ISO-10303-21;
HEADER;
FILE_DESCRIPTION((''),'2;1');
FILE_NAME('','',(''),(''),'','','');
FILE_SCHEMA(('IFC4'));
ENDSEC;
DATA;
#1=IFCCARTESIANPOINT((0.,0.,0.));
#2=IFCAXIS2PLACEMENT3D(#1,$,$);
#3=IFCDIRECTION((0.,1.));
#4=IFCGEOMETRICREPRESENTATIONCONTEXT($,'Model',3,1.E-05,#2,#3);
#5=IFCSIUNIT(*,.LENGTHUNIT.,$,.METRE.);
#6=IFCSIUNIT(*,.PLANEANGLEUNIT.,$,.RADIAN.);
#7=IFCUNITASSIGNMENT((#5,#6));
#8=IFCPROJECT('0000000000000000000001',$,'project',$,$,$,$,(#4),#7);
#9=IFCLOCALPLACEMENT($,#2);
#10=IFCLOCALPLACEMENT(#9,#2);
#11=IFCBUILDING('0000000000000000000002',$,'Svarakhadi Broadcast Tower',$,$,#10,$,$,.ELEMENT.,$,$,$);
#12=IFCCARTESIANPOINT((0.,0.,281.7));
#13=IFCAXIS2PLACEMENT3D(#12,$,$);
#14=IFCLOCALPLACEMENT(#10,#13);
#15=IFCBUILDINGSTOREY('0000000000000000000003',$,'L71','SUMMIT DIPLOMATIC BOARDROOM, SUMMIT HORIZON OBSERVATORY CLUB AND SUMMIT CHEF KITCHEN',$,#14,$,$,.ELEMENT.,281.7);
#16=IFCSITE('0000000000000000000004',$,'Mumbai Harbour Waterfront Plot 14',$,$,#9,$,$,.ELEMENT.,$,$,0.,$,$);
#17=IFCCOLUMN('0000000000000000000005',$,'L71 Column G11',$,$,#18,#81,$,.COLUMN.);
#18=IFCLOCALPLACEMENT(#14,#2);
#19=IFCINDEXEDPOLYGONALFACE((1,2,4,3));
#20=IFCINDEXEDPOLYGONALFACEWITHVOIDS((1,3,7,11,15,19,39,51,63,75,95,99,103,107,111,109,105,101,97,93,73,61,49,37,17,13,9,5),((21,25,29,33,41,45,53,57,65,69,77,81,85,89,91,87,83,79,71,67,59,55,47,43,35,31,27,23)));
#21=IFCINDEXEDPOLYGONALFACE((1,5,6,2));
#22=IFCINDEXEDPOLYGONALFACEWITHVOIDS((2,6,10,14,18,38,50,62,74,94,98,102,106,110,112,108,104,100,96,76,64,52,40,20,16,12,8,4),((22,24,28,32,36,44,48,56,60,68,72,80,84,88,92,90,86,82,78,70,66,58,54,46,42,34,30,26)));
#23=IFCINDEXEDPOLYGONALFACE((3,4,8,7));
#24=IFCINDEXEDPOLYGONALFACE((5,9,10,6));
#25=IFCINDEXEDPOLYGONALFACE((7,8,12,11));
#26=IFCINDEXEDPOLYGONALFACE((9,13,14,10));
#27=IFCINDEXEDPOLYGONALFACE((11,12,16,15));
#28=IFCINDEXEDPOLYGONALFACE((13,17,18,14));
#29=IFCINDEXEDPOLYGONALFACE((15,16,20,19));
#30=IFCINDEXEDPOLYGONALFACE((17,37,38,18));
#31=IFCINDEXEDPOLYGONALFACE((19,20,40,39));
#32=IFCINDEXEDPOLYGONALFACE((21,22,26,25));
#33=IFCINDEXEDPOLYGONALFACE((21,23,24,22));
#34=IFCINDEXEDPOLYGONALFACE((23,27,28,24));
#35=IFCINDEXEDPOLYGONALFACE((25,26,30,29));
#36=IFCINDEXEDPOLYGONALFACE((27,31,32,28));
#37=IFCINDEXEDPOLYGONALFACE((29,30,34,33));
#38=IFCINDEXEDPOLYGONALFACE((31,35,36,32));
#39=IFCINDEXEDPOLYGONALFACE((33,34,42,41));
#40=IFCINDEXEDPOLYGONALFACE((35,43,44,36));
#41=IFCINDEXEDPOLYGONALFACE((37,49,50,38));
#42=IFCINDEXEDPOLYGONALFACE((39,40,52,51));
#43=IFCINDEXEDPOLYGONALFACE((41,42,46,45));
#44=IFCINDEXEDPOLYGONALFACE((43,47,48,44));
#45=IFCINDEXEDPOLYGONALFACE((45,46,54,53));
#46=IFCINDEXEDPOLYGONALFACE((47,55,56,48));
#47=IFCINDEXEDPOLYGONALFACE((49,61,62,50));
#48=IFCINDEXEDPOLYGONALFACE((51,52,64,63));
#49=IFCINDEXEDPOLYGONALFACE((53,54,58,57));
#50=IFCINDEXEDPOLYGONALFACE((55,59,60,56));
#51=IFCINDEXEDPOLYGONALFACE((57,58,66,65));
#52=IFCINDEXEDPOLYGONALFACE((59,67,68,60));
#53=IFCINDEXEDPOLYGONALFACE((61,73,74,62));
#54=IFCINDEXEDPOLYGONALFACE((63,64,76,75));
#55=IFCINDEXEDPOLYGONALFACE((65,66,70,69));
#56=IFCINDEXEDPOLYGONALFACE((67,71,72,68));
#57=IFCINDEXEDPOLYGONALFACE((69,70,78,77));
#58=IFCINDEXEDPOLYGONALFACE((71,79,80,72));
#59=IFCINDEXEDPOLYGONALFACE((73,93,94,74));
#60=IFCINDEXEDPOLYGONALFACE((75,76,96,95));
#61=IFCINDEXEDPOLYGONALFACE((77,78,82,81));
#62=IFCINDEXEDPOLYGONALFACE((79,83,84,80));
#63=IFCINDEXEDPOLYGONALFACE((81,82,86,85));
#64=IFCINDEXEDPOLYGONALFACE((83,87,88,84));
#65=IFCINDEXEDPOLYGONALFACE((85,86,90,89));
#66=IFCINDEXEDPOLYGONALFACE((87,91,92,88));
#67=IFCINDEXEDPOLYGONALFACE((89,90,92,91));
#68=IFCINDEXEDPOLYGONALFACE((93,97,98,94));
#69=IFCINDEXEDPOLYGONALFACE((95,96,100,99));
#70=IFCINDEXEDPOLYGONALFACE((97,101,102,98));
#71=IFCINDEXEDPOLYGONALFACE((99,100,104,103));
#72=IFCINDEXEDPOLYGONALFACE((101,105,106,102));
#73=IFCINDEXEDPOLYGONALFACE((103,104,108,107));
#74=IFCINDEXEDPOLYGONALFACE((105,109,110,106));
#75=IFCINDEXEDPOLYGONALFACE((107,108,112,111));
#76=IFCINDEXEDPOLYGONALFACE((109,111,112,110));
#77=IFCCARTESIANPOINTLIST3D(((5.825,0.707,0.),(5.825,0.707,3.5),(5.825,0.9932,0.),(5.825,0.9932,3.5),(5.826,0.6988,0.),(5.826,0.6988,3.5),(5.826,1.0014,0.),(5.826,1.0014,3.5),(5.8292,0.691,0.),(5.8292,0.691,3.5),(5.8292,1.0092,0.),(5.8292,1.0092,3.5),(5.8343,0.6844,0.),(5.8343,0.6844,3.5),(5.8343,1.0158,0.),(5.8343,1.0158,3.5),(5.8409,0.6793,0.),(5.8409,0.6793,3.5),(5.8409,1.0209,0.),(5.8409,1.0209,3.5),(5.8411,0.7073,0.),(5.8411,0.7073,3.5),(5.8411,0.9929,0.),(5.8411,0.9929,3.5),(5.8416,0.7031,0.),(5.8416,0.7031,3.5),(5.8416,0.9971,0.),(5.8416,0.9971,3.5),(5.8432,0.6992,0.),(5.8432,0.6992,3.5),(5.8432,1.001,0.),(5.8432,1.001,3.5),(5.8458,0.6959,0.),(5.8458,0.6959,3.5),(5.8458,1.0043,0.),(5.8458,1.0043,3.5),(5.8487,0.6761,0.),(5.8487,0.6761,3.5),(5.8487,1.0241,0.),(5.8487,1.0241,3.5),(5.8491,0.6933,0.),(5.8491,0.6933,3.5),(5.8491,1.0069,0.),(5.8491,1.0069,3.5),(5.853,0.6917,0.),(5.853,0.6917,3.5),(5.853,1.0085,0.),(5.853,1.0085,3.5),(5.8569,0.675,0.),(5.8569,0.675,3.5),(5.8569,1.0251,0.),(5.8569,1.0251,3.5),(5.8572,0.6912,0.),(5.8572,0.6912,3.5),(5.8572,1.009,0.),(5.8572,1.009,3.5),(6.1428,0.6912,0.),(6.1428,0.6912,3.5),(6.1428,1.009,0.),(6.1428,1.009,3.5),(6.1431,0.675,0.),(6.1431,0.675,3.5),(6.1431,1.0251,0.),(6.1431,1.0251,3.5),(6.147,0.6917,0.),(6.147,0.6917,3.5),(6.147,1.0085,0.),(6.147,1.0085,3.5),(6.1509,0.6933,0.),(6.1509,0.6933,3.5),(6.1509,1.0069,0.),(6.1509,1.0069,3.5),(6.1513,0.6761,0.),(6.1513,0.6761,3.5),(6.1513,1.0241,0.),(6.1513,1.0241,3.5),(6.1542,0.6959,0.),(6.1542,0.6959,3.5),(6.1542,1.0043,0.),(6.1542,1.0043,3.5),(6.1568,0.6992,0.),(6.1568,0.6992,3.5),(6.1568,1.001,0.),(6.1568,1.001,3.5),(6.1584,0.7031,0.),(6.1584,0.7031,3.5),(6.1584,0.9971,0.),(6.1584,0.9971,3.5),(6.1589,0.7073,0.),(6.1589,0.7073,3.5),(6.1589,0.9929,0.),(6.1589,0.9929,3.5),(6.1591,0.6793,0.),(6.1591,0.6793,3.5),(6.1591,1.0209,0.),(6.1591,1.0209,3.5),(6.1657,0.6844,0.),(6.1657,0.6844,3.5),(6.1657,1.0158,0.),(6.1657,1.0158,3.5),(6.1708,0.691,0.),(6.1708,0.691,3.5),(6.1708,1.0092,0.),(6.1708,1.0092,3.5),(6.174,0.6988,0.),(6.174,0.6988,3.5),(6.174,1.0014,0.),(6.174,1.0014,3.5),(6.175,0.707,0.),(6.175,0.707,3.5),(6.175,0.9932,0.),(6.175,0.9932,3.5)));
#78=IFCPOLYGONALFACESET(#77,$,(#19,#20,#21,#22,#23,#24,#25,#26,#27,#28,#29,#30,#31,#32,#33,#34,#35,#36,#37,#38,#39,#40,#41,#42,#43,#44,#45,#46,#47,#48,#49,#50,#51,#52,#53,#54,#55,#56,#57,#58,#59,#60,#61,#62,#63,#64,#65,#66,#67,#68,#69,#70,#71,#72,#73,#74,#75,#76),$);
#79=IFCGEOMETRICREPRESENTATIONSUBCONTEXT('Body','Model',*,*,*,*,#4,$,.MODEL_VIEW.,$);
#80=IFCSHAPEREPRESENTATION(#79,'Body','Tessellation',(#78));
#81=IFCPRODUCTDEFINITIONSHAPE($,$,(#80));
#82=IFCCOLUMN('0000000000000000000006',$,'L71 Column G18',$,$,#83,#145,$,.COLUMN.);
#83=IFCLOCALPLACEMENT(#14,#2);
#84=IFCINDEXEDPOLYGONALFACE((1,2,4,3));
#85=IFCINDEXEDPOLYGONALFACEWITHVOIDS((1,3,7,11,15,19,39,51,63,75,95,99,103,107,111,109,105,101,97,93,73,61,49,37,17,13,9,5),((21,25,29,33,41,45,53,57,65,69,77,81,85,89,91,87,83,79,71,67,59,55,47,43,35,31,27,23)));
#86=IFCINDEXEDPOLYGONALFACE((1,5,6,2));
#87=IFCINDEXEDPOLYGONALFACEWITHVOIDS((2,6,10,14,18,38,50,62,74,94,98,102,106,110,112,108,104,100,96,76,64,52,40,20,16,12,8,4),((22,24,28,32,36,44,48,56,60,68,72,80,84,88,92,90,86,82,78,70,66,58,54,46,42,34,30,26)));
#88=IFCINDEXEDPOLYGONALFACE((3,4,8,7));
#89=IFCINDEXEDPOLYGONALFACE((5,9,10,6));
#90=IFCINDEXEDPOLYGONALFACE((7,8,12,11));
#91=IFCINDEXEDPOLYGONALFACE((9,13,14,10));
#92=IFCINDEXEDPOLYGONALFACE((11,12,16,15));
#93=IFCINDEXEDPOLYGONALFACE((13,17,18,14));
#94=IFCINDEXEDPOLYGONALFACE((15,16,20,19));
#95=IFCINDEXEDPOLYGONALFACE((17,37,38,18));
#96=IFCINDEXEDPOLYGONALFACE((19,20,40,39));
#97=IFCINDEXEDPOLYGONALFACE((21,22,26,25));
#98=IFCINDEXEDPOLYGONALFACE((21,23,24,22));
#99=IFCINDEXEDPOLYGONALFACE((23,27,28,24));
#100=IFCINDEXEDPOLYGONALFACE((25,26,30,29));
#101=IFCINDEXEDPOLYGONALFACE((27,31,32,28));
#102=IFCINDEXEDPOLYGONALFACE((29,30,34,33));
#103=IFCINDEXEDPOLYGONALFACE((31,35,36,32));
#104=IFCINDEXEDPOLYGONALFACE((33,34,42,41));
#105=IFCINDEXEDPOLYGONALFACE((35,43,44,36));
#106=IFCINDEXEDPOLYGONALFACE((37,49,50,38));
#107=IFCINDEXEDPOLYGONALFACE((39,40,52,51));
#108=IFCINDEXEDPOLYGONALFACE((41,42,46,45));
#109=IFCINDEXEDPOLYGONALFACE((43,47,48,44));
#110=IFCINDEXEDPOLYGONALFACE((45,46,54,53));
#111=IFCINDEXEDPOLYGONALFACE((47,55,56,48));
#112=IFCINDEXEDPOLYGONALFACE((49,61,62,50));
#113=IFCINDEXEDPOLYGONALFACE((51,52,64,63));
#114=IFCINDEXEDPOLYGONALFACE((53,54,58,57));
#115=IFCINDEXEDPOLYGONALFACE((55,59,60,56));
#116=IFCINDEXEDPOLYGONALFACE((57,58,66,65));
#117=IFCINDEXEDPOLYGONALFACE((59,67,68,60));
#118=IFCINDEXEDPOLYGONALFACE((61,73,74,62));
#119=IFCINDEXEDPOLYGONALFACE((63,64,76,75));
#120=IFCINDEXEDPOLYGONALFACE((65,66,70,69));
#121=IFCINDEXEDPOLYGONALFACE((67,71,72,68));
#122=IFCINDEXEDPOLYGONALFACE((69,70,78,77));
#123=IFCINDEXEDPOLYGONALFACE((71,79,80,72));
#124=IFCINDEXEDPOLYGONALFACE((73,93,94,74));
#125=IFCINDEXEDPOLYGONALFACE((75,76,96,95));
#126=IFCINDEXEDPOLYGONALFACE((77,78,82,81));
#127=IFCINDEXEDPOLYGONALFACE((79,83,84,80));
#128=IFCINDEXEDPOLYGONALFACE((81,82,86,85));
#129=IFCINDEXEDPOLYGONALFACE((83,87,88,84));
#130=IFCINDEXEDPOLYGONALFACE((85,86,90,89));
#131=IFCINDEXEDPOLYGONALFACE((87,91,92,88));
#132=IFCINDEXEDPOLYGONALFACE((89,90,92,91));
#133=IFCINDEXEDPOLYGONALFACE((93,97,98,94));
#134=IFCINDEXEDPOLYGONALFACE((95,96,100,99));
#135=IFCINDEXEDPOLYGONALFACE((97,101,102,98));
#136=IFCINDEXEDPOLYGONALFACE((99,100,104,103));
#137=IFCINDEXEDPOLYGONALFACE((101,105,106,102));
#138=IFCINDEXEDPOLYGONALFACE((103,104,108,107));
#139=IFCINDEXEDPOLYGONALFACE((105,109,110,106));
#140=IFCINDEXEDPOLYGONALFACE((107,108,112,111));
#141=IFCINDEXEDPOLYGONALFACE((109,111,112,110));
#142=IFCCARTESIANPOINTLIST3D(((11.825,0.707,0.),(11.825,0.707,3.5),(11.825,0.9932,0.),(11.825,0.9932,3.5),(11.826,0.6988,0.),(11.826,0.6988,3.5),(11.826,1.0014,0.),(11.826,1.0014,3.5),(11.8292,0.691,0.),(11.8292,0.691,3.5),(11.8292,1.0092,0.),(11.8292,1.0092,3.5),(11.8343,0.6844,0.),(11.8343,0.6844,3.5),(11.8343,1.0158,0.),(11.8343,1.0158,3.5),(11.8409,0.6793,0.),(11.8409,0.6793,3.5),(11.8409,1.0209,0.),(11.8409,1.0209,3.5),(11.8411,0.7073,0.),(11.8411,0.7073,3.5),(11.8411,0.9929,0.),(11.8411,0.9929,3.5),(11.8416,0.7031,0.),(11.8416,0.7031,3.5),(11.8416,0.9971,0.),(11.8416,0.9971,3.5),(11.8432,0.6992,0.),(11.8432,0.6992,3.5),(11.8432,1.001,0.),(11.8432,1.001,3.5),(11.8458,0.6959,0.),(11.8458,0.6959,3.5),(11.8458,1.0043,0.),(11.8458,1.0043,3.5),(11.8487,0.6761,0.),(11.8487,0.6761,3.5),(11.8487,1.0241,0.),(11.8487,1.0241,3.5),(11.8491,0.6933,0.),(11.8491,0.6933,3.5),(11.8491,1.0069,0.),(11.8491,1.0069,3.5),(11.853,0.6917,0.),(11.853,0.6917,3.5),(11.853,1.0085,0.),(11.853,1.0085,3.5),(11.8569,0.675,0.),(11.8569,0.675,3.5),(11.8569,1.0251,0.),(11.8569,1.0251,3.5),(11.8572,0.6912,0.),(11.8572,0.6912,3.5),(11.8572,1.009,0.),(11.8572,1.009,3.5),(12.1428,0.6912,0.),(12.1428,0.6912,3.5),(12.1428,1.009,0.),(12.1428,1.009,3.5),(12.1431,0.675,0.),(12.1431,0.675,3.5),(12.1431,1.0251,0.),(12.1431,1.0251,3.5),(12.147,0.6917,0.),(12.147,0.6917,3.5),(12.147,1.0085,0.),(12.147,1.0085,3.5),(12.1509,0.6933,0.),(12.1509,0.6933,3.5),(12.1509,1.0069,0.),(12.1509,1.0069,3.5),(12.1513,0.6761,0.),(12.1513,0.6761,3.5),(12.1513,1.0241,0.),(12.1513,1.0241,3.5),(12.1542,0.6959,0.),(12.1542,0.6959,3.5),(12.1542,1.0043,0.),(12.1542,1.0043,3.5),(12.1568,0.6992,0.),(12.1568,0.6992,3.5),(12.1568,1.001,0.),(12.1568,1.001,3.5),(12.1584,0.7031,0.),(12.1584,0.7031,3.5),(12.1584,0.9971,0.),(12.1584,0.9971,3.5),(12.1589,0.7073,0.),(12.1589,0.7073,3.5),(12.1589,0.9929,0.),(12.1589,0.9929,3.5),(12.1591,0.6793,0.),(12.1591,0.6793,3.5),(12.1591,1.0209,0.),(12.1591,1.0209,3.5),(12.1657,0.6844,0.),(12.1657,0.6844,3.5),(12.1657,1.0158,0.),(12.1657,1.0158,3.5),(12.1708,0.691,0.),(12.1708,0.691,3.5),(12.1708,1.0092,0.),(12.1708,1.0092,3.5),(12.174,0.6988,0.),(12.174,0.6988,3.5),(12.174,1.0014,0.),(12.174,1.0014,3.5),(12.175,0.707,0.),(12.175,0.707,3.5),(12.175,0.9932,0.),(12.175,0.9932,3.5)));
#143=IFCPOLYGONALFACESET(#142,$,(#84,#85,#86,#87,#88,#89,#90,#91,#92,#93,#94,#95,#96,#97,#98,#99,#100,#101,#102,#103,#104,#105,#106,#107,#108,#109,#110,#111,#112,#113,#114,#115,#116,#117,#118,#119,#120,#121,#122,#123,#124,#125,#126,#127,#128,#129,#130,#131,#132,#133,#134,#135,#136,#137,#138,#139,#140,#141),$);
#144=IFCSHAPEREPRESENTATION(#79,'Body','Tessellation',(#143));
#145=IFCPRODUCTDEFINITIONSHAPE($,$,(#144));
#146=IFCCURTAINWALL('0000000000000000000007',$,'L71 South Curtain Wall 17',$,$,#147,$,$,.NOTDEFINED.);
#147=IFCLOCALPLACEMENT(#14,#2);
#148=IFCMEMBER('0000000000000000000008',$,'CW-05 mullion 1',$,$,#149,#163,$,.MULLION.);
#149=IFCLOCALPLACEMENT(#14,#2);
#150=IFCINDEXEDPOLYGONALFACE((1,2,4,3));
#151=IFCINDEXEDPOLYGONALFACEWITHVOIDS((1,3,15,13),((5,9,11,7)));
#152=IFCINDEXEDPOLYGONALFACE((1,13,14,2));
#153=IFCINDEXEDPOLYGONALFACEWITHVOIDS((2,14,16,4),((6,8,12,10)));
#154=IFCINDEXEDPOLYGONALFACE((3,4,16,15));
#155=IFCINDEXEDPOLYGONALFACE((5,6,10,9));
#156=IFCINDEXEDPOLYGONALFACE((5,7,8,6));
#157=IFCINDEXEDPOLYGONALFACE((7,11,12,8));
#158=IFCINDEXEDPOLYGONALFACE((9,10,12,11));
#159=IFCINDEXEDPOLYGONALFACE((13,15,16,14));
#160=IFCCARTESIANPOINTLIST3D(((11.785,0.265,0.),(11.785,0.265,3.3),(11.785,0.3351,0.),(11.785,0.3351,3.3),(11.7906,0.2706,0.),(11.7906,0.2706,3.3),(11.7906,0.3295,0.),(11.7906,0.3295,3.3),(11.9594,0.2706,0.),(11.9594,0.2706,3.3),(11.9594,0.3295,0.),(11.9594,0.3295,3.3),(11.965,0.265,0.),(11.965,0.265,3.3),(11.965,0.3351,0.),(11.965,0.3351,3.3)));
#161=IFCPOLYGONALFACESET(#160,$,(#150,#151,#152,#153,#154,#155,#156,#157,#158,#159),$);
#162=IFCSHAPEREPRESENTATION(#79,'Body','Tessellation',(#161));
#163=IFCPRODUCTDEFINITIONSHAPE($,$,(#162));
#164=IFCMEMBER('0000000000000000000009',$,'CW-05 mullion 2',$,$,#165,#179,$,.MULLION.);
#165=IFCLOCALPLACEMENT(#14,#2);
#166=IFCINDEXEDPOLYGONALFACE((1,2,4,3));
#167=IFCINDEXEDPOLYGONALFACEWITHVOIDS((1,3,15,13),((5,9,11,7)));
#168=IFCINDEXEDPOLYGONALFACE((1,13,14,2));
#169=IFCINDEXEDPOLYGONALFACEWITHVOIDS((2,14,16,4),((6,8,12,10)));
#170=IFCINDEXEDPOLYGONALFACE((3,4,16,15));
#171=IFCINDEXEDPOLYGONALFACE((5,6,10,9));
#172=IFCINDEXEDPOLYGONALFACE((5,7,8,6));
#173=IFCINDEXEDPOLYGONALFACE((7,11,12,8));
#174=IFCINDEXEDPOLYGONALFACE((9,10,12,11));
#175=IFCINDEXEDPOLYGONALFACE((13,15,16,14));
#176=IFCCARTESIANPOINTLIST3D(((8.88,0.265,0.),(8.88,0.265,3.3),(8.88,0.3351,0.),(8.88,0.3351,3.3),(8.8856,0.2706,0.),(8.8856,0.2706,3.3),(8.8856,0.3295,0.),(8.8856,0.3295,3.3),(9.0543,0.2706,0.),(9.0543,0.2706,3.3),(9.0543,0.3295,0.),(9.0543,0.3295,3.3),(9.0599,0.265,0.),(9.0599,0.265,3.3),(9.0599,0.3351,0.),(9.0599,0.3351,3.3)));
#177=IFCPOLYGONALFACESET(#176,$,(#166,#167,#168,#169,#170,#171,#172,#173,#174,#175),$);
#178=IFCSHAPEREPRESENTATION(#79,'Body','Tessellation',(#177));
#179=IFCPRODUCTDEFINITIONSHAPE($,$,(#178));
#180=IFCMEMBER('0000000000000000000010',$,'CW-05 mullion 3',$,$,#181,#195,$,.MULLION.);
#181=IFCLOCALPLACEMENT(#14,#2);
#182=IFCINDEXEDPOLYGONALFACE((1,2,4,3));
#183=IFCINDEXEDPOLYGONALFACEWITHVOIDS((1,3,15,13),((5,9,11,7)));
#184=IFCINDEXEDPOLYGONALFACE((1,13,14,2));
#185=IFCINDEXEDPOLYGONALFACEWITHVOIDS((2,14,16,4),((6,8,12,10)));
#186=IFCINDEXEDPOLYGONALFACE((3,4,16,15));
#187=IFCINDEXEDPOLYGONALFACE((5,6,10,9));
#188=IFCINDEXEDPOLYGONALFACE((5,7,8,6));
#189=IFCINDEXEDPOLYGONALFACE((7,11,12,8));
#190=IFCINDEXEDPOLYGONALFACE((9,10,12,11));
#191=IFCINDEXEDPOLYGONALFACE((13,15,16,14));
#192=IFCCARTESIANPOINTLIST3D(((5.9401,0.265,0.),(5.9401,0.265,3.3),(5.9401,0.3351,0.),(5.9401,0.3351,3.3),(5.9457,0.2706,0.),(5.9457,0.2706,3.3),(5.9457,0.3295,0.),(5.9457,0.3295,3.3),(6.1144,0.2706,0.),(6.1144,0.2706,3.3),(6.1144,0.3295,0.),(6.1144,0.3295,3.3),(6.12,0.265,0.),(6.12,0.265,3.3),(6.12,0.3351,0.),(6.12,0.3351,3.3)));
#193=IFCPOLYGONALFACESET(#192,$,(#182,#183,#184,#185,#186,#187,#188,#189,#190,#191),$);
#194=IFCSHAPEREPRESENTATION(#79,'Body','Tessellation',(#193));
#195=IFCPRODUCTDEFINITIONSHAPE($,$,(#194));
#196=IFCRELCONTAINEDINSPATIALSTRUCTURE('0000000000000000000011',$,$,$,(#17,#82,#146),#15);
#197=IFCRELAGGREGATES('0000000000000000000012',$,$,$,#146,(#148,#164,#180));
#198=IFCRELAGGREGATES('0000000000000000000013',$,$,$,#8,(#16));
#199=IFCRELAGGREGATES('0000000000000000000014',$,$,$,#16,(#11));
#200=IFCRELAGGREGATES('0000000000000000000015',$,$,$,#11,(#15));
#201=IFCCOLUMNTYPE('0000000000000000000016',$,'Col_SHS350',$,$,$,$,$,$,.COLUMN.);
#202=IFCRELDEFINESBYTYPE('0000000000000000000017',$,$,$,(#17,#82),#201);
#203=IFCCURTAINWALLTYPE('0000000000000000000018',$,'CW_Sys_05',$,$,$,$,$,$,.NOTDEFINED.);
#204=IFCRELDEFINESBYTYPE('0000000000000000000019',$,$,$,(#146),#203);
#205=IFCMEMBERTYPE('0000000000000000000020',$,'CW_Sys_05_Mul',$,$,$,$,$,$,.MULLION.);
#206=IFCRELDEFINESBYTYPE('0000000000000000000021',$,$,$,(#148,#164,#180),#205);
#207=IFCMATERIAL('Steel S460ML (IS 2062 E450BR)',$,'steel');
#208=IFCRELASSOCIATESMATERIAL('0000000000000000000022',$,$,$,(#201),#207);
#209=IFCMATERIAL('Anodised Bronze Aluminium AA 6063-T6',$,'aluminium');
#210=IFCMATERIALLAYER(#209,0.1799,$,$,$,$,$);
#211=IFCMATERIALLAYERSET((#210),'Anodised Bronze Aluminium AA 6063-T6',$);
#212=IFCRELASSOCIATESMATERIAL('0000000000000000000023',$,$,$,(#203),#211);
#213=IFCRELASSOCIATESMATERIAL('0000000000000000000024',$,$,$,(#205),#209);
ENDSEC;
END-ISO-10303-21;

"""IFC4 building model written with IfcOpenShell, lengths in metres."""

from ifc_helpers import new_model, si_unit, direction, frame, origin, origin_2d, place, context, subcontext, project, spatial, hollow_rectangle, extrude, material, layer, layer_set, material_profile, profile_set, type_object, element, aggregate, save


model = new_model("IFC4")

# Units and contexts
model_context = context("Model", 3, precision=1e-05, world=origin(), true_north=direction((0.0, 1.0)))
body_context = subcontext(model_context, "Body", "Model", "MODEL_VIEW")
ifc_project = project(units=[si_unit("LENGTHUNIT", "METRE"), si_unit("PLANEANGLEUNIT", "RADIAN")], contexts=[model_context])

# Site, building, storey
site_placement = place(None, origin())
site = spatial("IfcSite", under=ifc_project, at=site_placement, Name="Mumbai Harbour Waterfront Plot 14", CompositionType="ELEMENT", RefElevation=0.0)
building_placement = place(site_placement, origin())
building = spatial("IfcBuilding", under=site, at=building_placement, Name="Svarakhadi Broadcast Tower", CompositionType="ELEMENT")
storey_placement = place(building_placement, frame((0.0, 0.0, 281.7)))
storey = spatial("IfcBuildingStorey", under=building, at=storey_placement, Name="L71", Description="SUMMIT DIPLOMATIC BOARDROOM, SUMMIT HORIZON OBSERVATORY CLUB AND SUMMIT CHEF KITCHEN", CompositionType="ELEMENT", Elevation=281.7)

# Columns
ifc_material_1 = material(Name="Steel S460ML (IS 2062 E450BR)", Category="steel")
ifc_material_profile_1 = material_profile(ifc_material_1, hollow_rectangle(XDim=0.3501, YDim=0.3501, WallThickness=0.0161, InnerFilletRadius=0.0161, OuterFilletRadius=0.032, at=origin_2d()), Name="SHS 350x350x16")
ifc_profile_set_1 = profile_set([ifc_material_profile_1], Name="Steel S460ML (IS 2062 E450BR)")
column_type = type_object("IfcColumnType", Name="Col_SHS350", PredefinedType="COLUMN", material=ifc_profile_set_1)
for number, where, z_axis, x_axis, name in (
    (1, (6.0, 0.8501, 0.0), (0.0, 0.0, 1.0), (1.0, 0.0, 0.0), "L71 Column G11"),
    (2, (12.0, 0.8501, 0.0), (0.0, 0.0, 1.0), (1.0, 0.0, 0.0), "L71 Column G18"),
):
    element("IfcColumn", number, at=place(storey_placement, frame(where, z_axis=z_axis, x_axis=x_axis)), inside=storey, type_object=column_type, Name=name, PredefinedType="COLUMN", context=body_context, shape_type="SweptSolid", body=[
        extrude(hollow_rectangle(XDim=0.3501, YDim=0.3501, WallThickness=0.0161, InnerFilletRadius=0.0161, OuterFilletRadius=0.032, at=origin_2d()), origin(), (0.0, 0.0, 1.0), 3.5),
    ])

# Curtain wall, members
ifc_material_2 = material(Name="Anodised Bronze Aluminium AA 6063-T6", Category="aluminium")
ifc_layer_1 = layer(ifc_material_2, 0.1799)
ifc_layer_set_1 = layer_set([ifc_layer_1], Name="Anodised Bronze Aluminium AA 6063-T6")
curtain_wall_type = type_object("IfcCurtainWallType", Name="CW_Sys_05", PredefinedType="NOTDEFINED", material=ifc_layer_set_1)
curtain_wall_placement = place(storey_placement, origin())
curtain_wall = element("IfcCurtainWall", 3, at=curtain_wall_placement, inside=storey, type_object=curtain_wall_type, Name="L71 South Curtain Wall 17", PredefinedType="NOTDEFINED")
ifc_material_profile_2 = material_profile(ifc_material_2, hollow_rectangle(XDim=0.0701, YDim=0.1799, WallThickness=0.0056, at=origin_2d()), Name="ALU MULLION 180x70x6")
ifc_profile_set_2 = profile_set([ifc_material_profile_2], Name="Anodised Bronze Aluminium AA 6063-T6")
member_type_1 = type_object("IfcMemberType", Name="CW_Sys_05_Mul", PredefinedType="MULLION", material=ifc_profile_set_2)
member_1_placement = place(storey_placement, frame((11.875, 0.3, 0.0), z_axis=(0.0, 0.0, 1.0), x_axis=(0.0, -1.0, 0.0)))
member_1 = element("IfcMember", 4, at=member_1_placement, type_object=member_type_1, Name="CW-05 mullion 1", PredefinedType="MULLION", context=body_context, shape_type="SweptSolid", body=[
    extrude(hollow_rectangle(XDim=0.0701, YDim=0.1799, WallThickness=0.0056, at=origin_2d()), origin(), (0.0, 0.0, 1.0), 3.3),
])
member_2_placement = place(storey_placement, frame((8.97, 0.3, 0.0), z_axis=(0.0, 0.0, 1.0), x_axis=(0.0, -1.0, 0.0)))
member_2 = element("IfcMember", 5, at=member_2_placement, type_object=member_type_1, Name="CW-05 mullion 2", PredefinedType="MULLION", context=body_context, shape_type="SweptSolid", body=[
    extrude(hollow_rectangle(XDim=0.0701, YDim=0.1799, WallThickness=0.0056, at=origin_2d()), origin(), (0.0, 0.0, 1.0), 3.3),
])
member_3_placement = place(storey_placement, frame((6.03, 0.3, 0.0), z_axis=(0.0, 0.0, 1.0), x_axis=(0.0, -1.0, 0.0)))
member_3 = element("IfcMember", 6, at=member_3_placement, type_object=member_type_1, Name="CW-05 mullion 3", PredefinedType="MULLION", context=body_context, shape_type="SweptSolid", body=[
    extrude(hollow_rectangle(XDim=0.0701, YDim=0.1799, WallThickness=0.0056, at=origin_2d()), origin(), (0.0, 0.0, 1.0), 3.3),
])

aggregate(curtain_wall, [member_1, member_2, member_3])

save(model, "model.ifc")
